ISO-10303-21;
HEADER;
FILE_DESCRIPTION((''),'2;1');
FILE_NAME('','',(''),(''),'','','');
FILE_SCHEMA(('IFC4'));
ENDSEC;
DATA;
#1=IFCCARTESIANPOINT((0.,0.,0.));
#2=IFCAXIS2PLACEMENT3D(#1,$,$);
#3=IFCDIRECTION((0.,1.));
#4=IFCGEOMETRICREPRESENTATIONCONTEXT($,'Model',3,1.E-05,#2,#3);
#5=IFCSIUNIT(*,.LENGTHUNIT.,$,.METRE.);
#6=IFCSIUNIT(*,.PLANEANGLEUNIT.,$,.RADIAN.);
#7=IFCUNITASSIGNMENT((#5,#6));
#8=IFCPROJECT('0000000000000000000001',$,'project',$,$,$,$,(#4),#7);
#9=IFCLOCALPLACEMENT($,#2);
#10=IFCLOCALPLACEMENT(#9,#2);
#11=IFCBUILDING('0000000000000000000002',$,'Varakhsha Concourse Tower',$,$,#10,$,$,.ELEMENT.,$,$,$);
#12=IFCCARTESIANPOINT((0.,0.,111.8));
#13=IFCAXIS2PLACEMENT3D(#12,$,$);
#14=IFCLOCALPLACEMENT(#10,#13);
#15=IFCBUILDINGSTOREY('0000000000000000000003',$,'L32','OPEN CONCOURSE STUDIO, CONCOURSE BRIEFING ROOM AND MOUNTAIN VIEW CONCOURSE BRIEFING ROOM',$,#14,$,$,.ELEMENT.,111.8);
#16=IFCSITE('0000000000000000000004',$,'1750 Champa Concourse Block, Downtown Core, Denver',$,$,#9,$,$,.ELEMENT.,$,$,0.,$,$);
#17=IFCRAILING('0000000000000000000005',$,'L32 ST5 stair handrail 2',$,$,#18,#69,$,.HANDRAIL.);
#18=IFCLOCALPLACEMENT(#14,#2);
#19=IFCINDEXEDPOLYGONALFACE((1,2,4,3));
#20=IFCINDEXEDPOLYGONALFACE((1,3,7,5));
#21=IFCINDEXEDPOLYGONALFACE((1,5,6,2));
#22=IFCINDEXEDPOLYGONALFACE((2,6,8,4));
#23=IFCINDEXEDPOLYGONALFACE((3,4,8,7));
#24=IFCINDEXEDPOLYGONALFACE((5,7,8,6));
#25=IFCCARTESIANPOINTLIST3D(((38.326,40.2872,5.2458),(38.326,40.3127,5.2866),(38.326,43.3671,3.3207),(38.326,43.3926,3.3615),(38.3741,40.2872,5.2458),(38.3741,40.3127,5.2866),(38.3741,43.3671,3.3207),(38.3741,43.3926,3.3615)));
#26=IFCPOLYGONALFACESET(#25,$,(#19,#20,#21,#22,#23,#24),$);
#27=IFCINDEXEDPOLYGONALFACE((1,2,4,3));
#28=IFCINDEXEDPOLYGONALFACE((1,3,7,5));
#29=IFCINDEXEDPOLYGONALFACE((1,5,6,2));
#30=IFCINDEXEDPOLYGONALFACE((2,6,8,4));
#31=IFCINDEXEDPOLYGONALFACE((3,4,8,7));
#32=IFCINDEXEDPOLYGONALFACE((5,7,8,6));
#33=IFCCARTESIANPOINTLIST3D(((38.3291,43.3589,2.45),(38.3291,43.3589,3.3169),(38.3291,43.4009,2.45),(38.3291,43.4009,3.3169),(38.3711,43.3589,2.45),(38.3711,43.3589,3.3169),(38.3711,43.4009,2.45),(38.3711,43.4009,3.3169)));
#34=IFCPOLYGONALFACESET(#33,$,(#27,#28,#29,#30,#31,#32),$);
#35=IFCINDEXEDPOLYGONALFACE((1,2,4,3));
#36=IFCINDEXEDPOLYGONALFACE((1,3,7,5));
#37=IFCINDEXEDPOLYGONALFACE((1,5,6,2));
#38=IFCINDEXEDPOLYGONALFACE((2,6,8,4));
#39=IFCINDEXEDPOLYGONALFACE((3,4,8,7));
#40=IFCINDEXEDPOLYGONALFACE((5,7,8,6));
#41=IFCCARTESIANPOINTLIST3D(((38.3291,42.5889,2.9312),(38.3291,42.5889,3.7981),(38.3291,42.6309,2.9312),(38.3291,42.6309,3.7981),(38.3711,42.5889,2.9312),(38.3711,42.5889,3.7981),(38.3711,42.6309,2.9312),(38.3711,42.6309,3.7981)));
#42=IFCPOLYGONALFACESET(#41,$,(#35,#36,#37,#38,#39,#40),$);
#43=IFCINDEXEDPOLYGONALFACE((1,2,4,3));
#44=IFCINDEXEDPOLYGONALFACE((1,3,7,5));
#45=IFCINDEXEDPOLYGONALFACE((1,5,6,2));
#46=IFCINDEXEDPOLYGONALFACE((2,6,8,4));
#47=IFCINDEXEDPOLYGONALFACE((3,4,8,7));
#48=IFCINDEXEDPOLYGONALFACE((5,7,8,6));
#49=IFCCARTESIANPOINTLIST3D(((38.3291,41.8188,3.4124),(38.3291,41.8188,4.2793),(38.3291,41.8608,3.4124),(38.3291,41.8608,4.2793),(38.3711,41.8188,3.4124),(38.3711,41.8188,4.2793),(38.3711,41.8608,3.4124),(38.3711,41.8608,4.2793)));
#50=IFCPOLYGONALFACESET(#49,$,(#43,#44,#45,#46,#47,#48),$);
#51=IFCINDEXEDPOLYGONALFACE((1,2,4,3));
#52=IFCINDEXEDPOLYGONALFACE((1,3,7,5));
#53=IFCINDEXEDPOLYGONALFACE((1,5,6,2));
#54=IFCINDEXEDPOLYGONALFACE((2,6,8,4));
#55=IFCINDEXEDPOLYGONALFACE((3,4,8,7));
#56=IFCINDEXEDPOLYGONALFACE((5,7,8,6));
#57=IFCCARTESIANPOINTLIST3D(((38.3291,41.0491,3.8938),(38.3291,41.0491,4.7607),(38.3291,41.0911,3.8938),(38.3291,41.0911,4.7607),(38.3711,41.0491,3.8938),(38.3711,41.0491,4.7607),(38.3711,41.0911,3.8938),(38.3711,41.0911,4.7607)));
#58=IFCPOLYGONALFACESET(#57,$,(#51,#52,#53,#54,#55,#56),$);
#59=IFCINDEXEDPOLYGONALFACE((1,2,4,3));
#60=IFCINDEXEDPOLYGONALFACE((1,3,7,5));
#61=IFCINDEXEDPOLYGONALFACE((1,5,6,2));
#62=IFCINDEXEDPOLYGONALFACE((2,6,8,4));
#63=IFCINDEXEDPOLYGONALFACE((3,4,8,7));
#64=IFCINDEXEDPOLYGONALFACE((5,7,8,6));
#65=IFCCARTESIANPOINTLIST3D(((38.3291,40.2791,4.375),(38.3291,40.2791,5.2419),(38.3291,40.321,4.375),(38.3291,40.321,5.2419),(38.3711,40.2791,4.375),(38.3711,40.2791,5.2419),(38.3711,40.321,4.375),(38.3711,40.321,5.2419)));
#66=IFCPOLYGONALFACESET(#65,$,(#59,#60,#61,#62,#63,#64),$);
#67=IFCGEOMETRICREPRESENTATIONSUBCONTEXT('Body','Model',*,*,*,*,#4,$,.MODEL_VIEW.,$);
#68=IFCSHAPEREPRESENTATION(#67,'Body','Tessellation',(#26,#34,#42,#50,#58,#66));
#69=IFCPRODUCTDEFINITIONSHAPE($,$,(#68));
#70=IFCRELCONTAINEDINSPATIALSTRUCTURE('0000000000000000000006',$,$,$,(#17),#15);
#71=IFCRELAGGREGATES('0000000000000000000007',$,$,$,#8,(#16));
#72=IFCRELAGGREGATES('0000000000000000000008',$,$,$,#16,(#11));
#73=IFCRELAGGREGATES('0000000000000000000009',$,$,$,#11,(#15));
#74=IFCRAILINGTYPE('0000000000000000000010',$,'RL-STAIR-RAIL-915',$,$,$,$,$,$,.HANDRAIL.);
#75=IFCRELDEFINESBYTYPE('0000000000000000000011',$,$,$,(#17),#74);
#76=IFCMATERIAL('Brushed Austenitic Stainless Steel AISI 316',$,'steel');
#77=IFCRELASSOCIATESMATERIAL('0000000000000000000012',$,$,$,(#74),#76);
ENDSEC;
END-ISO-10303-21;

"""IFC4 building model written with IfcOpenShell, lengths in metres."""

from ifc_helpers import new_model, si_unit, direction, frame, origin, origin_2d, place, context, subcontext, project, spatial, rectangle, extrude, material, type_object, element, save


model = new_model("IFC4")

# Units and contexts
model_context = context("Model", 3, precision=1e-05, world=origin(), true_north=direction((0.0, 1.0)))
body_context = subcontext(model_context, "Body", "Model", "MODEL_VIEW")
ifc_project = project(units=[si_unit("LENGTHUNIT", "METRE"), si_unit("PLANEANGLEUNIT", "RADIAN")], contexts=[model_context])

# Site, building, storey
site_placement = place(None, origin())
site = spatial("IfcSite", under=ifc_project, at=site_placement, Name="1750 Champa Concourse Block, Downtown Core, Denver", CompositionType="ELEMENT", RefElevation=0.0)
building_placement = place(site_placement, origin())
building = spatial("IfcBuilding", under=site, at=building_placement, Name="Varakhsha Concourse Tower", CompositionType="ELEMENT")
storey_placement = place(building_placement, frame((0.0, 0.0, 111.8)))
storey = spatial("IfcBuildingStorey", under=building, at=storey_placement, Name="L32", Description="OPEN CONCOURSE STUDIO, CONCOURSE BRIEFING ROOM AND MOUNTAIN VIEW CONCOURSE BRIEFING ROOM", CompositionType="ELEMENT", Elevation=111.8)

# Railing
ifc_material_1 = material(Name="Brushed Austenitic Stainless Steel AISI 316", Category="steel")
railing_type_1 = type_object("IfcRailingType", Name="RL-STAIR-RAIL-915", PredefinedType="HANDRAIL", material=ifc_material_1)
railing_1_placement = place(storey_placement, frame((38.3501, 43.3799, 2.45)))
element("IfcRailing", 1, at=railing_1_placement, inside=storey, type_object=railing_type_1, Name="L32 ST5 stair handrail 2", PredefinedType="HANDRAIL", context=body_context, shape_type="SweptSolid", body=[
    extrude(rectangle(XDim=0.0481, YDim=0.0481, at=origin_2d()), frame((0.0, 0.0, 0.8911), z_axis=(0.0, -0.847979, 0.530029), x_axis=(1.0, 0.0, 0.0)), (0.0, 0.0, 1.0), 3.6321),
    extrude(rectangle(XDim=0.042, YDim=0.042, at=origin_2d()), origin(), (0.0, 0.0, 1.0), 0.8669),
    extrude(rectangle(XDim=0.042, YDim=0.042, at=origin_2d()), frame((0.0, -0.77, 0.4812)), (0.0, 0.0, 1.0), 0.8669),
    extrude(rectangle(XDim=0.042, YDim=0.042, at=origin_2d()), frame((0.0, -1.54, 0.9624)), (0.0, 0.0, 1.0), 0.8669),
    extrude(rectangle(XDim=0.042, YDim=0.042, at=origin_2d()), frame((0.0, -2.3098, 1.4438)), (0.0, 0.0, 1.0), 0.8669),
    extrude(rectangle(XDim=0.042, YDim=0.042, at=origin_2d()), frame((0.0, -3.0798, 1.925)), (0.0, 0.0, 1.0), 0.8669),
])

save(model, "model.ifc")
